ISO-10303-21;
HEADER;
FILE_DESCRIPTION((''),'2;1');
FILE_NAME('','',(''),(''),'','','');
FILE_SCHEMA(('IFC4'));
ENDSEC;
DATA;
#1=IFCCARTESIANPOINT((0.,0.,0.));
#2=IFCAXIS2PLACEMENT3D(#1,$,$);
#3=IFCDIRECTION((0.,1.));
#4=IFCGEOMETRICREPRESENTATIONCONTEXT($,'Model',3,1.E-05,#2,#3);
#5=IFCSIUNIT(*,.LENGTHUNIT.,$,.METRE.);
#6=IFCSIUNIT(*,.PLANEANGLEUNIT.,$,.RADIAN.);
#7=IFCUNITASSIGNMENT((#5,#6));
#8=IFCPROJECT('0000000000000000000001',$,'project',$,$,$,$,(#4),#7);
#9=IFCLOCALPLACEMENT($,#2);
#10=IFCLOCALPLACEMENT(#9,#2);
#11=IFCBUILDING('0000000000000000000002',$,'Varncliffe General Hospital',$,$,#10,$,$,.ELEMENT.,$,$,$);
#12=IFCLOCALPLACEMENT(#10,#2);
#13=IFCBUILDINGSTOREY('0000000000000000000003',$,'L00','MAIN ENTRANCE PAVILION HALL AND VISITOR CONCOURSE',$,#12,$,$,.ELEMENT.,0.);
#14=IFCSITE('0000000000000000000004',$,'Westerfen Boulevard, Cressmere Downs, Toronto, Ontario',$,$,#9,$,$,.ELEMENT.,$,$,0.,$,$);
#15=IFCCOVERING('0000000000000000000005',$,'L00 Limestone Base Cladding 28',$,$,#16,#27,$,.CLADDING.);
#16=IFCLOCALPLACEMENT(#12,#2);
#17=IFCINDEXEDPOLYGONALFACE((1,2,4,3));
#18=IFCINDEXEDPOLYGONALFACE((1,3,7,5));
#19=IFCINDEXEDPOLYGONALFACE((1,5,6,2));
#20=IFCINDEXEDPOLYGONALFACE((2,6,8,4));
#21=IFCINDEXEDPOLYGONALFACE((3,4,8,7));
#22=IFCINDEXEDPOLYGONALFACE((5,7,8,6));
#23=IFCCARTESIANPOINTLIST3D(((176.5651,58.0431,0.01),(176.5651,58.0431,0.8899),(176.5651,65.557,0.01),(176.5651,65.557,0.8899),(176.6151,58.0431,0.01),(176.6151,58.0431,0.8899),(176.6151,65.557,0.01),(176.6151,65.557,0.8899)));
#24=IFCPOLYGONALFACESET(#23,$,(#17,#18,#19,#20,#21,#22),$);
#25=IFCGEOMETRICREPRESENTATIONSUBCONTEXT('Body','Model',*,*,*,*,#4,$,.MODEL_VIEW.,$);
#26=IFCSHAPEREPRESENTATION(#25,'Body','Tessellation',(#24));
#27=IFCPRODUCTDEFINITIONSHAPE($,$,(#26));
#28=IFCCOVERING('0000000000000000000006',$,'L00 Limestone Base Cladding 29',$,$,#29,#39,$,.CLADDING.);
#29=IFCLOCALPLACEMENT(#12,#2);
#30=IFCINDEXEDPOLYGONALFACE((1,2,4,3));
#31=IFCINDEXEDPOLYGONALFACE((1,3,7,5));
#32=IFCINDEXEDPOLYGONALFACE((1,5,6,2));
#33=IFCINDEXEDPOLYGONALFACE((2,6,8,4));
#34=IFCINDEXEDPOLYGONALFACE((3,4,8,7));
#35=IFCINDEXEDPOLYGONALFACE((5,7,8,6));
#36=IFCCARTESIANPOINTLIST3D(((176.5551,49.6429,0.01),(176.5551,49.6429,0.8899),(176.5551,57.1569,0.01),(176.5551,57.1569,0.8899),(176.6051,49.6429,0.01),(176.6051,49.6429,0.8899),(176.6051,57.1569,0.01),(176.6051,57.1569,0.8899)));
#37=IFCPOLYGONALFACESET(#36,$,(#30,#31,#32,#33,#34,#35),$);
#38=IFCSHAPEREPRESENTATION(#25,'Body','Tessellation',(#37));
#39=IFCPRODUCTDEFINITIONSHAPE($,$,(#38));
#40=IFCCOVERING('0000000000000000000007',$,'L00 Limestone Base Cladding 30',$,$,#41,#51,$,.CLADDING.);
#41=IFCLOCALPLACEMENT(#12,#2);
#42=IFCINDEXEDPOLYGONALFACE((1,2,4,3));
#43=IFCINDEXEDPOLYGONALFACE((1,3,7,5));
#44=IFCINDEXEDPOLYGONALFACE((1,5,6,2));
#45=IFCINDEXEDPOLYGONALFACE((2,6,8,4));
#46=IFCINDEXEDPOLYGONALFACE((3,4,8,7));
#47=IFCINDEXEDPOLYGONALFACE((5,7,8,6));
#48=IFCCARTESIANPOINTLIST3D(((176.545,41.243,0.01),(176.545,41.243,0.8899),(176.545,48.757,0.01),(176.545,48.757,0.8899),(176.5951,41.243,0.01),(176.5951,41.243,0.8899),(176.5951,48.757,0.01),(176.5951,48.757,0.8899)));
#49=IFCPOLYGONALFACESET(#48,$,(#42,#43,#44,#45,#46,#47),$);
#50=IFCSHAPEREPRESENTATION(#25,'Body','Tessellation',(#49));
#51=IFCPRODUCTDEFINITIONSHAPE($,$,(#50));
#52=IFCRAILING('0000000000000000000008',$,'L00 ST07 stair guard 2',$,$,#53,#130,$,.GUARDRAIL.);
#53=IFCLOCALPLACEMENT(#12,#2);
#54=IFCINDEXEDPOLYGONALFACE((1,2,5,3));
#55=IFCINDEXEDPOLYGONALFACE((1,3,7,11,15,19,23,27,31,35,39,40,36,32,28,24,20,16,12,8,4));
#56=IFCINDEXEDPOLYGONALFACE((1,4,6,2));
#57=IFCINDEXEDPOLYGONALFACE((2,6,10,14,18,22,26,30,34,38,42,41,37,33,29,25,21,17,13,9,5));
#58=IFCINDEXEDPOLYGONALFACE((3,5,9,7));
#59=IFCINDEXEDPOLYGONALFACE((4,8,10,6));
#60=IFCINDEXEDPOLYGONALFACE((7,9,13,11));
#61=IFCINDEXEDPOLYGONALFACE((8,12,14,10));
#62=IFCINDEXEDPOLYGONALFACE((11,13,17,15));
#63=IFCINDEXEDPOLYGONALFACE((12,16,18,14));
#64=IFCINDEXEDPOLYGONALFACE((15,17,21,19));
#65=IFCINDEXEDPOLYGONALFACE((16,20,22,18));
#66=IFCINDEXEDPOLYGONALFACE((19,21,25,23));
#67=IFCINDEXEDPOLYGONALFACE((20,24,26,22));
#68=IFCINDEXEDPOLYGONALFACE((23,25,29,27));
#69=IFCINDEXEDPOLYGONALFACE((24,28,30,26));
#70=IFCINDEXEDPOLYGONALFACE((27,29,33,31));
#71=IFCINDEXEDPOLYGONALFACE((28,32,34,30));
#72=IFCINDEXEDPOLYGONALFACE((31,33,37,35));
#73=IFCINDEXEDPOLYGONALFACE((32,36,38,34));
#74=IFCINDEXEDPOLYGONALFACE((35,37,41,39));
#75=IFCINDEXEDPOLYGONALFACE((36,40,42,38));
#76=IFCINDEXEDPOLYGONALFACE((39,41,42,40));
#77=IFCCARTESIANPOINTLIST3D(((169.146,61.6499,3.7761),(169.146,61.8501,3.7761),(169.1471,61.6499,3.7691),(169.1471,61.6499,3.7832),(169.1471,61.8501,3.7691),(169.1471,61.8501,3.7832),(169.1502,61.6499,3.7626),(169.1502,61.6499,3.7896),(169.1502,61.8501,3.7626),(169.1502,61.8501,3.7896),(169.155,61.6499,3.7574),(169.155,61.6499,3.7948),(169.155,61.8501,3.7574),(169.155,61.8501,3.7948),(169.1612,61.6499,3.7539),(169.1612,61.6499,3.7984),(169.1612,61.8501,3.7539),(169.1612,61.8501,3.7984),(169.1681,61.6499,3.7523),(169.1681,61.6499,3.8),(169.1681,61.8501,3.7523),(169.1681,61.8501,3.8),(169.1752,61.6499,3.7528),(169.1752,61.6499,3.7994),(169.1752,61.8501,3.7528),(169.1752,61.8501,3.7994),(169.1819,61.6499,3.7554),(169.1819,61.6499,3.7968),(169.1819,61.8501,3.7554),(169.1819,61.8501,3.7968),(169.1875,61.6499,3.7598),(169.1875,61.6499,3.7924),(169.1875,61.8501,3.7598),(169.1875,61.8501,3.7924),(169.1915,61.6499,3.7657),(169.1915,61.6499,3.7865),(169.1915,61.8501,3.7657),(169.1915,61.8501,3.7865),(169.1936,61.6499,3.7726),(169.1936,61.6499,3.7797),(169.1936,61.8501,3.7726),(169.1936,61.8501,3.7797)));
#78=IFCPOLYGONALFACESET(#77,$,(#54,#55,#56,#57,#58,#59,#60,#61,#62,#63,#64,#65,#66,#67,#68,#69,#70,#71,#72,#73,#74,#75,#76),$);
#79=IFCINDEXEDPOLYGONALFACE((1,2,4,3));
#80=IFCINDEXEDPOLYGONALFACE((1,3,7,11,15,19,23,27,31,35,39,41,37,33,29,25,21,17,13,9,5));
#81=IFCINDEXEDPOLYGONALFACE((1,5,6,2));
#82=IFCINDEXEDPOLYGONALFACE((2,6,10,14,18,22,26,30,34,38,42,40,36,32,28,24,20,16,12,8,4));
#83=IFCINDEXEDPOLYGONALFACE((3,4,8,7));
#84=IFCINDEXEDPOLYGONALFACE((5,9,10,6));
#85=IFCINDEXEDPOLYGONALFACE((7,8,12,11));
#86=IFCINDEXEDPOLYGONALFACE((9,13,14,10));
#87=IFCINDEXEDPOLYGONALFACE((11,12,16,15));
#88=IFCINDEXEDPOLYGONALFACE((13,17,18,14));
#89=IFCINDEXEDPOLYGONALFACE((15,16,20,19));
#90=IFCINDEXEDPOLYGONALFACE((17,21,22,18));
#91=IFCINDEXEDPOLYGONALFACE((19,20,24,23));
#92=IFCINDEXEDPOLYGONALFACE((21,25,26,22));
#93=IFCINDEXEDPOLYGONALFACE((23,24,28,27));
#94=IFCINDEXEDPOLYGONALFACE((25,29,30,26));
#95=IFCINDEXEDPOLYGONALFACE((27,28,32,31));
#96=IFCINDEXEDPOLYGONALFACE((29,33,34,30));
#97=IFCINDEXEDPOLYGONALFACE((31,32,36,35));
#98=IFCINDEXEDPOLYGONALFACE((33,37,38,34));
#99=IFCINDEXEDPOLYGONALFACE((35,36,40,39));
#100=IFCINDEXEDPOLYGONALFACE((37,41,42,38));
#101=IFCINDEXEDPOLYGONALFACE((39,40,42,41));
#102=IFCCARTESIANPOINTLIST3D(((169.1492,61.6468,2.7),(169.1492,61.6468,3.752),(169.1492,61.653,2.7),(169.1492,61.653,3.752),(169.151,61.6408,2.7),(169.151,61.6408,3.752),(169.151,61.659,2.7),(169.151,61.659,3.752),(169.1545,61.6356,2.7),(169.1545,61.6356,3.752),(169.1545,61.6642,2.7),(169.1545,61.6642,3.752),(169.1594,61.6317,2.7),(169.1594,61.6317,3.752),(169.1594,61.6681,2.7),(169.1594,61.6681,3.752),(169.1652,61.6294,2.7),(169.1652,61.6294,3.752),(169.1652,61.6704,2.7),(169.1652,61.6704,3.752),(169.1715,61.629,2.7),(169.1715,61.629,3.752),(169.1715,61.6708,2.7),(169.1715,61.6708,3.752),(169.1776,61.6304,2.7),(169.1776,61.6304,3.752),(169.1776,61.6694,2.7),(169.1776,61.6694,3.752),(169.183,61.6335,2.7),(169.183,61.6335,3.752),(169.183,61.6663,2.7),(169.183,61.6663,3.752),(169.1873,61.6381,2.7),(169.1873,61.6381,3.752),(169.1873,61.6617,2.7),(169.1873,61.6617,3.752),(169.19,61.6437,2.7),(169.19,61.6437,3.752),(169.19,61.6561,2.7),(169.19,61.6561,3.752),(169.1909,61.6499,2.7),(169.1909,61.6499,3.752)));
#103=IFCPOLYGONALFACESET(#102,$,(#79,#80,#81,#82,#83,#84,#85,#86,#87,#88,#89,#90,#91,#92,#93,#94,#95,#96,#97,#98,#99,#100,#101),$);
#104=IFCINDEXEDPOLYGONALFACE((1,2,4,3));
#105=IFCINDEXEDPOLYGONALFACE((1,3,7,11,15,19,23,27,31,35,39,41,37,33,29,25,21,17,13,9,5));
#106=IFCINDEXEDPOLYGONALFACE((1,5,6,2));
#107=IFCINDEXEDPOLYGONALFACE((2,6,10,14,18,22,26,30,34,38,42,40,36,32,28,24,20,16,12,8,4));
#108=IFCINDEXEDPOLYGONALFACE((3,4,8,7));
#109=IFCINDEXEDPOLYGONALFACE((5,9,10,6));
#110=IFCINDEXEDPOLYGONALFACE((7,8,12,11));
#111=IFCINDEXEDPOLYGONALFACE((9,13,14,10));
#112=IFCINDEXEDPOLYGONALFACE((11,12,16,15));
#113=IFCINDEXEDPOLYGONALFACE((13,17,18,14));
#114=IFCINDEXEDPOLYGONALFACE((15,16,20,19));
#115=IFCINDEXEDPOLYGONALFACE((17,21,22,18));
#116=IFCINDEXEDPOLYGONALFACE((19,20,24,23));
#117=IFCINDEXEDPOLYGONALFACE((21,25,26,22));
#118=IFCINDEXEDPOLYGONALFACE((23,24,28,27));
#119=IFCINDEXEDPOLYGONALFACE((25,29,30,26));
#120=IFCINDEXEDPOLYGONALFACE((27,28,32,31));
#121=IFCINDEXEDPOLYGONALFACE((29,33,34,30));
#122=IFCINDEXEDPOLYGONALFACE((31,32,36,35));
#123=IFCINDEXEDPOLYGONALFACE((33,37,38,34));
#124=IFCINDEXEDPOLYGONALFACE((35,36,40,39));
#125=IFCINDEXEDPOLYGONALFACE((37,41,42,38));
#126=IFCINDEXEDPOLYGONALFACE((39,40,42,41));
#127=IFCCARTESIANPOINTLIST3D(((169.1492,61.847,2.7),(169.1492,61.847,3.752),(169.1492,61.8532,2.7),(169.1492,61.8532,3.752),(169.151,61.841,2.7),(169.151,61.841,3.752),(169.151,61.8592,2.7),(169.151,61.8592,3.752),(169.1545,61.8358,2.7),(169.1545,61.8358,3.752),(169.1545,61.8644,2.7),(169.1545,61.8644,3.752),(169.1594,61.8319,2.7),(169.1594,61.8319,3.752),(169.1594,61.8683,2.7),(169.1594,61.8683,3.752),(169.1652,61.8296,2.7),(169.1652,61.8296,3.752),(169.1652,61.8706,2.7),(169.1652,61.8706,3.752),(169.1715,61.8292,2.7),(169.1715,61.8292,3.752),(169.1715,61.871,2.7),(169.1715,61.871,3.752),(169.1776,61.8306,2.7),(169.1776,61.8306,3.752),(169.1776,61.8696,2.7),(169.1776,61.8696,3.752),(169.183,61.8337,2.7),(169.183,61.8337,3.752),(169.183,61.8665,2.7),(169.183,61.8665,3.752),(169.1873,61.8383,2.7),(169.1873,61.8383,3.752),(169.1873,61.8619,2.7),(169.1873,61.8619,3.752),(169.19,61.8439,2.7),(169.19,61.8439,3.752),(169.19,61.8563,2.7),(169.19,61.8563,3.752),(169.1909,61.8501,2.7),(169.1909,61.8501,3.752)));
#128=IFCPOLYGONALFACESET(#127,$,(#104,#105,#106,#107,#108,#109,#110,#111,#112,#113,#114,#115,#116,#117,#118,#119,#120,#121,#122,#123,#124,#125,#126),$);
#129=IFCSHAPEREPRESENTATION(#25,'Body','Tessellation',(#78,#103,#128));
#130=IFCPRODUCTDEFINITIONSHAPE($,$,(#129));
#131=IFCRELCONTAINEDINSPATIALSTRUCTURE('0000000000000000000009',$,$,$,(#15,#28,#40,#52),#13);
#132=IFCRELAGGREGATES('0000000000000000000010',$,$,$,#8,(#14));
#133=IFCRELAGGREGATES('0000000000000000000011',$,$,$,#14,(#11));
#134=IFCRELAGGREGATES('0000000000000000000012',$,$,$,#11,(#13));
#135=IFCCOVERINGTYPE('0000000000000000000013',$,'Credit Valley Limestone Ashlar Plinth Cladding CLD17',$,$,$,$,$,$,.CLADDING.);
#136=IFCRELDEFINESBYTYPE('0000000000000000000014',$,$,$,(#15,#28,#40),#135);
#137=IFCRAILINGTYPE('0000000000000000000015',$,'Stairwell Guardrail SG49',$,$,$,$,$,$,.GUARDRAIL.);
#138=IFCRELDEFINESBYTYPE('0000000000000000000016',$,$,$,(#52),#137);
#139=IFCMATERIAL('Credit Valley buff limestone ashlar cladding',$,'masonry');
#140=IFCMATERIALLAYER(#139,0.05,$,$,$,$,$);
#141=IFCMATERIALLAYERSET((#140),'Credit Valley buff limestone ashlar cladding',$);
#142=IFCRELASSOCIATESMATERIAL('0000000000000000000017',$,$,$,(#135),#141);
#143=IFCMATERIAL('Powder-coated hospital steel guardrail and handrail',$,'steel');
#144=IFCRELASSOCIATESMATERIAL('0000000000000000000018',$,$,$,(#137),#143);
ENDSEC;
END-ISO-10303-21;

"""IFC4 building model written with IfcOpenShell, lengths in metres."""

from ifc_helpers import new_model, si_unit, direction, frame, origin, origin_2d, place, context, subcontext, project, spatial, rectangle, circle, extrude, material, layer, layer_set, type_object, element, save


model = new_model("IFC4")

# Units and contexts
model_context = context("Model", 3, precision=1e-05, world=origin(), true_north=direction((0.0, 1.0)))
body_context = subcontext(model_context, "Body", "Model", "MODEL_VIEW")
ifc_project = project(units=[si_unit("LENGTHUNIT", "METRE"), si_unit("PLANEANGLEUNIT", "RADIAN")], contexts=[model_context])

# Site, building, storey
site_placement = place(None, origin())
site = spatial("IfcSite", under=ifc_project, at=site_placement, Name="Westerfen Boulevard, Cressmere Downs, Toronto, Ontario", CompositionType="ELEMENT", RefElevation=0.0)
building_placement = place(site_placement, origin())
building = spatial("IfcBuilding", under=site, at=building_placement, Name="Varncliffe General Hospital", CompositionType="ELEMENT")
storey_placement = place(building_placement, origin())
storey = spatial("IfcBuildingStorey", under=building, at=storey_placement, Name="L00", Description="MAIN ENTRANCE PAVILION HALL AND VISITOR CONCOURSE", CompositionType="ELEMENT", Elevation=0.0)

# Coverings
ifc_material_1 = material(Name="Credit Valley buff limestone ashlar cladding", Category="masonry")
ifc_layer_1 = layer(ifc_material_1, 0.05)
ifc_layer_set_1 = layer_set([ifc_layer_1], Name="Credit Valley buff limestone ashlar cladding")
covering_type = type_object("IfcCoveringType", Name="Credit Valley Limestone Ashlar Plinth Cladding CLD17", PredefinedType="CLADDING", material=ifc_layer_set_1)
for number, where, z_axis, x_axis, name in (
    (1, (176.5901, 61.8, 0.01), (0.0, 0.0, 1.0), (0.0, -1.0, 0.0), "L00 Limestone Base Cladding 28"),
    (2, (176.5801, 53.3999, 0.01), (0.0, 0.0, 1.0), (0.0, -1.0, 0.0), "L00 Limestone Base Cladding 29"),
    (3, (176.5701, 45.0, 0.01), (0.0, 0.0, 1.0), (0.0, -1.0, 0.0), "L00 Limestone Base Cladding 30"),
):
    element("IfcCovering", number, at=place(storey_placement, frame(where, z_axis=z_axis, x_axis=x_axis)), inside=storey, type_object=covering_type, Name=name, PredefinedType="CLADDING", context=body_context, shape_type="SweptSolid", body=[
        extrude(rectangle(XDim=7.5139, YDim=0.05, at=origin_2d()), origin(), (0.0, 0.0, 1.0), 0.8799),
    ])

# Railing
ifc_material_2 = material(Name="Powder-coated hospital steel guardrail and handrail", Category="steel")
railing_type = type_object("IfcRailingType", Name="Stairwell Guardrail SG49", PredefinedType="GUARDRAIL", material=ifc_material_2)
railing_1_placement = place(storey_placement, frame((169.1699, 61.6499, 2.7)))
element("IfcRailing", 4, at=railing_1_placement, inside=storey, type_object=railing_type, Name="L00 ST07 stair guard 2", PredefinedType="GUARDRAIL", context=body_context, shape_type="SweptSolid", body=[
    extrude(circle(Radius=0.0239, at=origin_2d()), frame((0.0, 0.0, 1.0762), z_axis=(0.0, 1.0, 0.0), x_axis=(-1.0, 0.0, 0.0)), (0.0, 0.0, 1.0), 0.2002),
    extrude(circle(Radius=0.021, at=origin_2d()), origin(), (0.0, 0.0, 1.0), 1.052),
    extrude(circle(Radius=0.021, at=origin_2d()), frame((0.0, 0.2002, 0.0)), (0.0, 0.0, 1.0), 1.052),
])

save(model, "model.ifc")
